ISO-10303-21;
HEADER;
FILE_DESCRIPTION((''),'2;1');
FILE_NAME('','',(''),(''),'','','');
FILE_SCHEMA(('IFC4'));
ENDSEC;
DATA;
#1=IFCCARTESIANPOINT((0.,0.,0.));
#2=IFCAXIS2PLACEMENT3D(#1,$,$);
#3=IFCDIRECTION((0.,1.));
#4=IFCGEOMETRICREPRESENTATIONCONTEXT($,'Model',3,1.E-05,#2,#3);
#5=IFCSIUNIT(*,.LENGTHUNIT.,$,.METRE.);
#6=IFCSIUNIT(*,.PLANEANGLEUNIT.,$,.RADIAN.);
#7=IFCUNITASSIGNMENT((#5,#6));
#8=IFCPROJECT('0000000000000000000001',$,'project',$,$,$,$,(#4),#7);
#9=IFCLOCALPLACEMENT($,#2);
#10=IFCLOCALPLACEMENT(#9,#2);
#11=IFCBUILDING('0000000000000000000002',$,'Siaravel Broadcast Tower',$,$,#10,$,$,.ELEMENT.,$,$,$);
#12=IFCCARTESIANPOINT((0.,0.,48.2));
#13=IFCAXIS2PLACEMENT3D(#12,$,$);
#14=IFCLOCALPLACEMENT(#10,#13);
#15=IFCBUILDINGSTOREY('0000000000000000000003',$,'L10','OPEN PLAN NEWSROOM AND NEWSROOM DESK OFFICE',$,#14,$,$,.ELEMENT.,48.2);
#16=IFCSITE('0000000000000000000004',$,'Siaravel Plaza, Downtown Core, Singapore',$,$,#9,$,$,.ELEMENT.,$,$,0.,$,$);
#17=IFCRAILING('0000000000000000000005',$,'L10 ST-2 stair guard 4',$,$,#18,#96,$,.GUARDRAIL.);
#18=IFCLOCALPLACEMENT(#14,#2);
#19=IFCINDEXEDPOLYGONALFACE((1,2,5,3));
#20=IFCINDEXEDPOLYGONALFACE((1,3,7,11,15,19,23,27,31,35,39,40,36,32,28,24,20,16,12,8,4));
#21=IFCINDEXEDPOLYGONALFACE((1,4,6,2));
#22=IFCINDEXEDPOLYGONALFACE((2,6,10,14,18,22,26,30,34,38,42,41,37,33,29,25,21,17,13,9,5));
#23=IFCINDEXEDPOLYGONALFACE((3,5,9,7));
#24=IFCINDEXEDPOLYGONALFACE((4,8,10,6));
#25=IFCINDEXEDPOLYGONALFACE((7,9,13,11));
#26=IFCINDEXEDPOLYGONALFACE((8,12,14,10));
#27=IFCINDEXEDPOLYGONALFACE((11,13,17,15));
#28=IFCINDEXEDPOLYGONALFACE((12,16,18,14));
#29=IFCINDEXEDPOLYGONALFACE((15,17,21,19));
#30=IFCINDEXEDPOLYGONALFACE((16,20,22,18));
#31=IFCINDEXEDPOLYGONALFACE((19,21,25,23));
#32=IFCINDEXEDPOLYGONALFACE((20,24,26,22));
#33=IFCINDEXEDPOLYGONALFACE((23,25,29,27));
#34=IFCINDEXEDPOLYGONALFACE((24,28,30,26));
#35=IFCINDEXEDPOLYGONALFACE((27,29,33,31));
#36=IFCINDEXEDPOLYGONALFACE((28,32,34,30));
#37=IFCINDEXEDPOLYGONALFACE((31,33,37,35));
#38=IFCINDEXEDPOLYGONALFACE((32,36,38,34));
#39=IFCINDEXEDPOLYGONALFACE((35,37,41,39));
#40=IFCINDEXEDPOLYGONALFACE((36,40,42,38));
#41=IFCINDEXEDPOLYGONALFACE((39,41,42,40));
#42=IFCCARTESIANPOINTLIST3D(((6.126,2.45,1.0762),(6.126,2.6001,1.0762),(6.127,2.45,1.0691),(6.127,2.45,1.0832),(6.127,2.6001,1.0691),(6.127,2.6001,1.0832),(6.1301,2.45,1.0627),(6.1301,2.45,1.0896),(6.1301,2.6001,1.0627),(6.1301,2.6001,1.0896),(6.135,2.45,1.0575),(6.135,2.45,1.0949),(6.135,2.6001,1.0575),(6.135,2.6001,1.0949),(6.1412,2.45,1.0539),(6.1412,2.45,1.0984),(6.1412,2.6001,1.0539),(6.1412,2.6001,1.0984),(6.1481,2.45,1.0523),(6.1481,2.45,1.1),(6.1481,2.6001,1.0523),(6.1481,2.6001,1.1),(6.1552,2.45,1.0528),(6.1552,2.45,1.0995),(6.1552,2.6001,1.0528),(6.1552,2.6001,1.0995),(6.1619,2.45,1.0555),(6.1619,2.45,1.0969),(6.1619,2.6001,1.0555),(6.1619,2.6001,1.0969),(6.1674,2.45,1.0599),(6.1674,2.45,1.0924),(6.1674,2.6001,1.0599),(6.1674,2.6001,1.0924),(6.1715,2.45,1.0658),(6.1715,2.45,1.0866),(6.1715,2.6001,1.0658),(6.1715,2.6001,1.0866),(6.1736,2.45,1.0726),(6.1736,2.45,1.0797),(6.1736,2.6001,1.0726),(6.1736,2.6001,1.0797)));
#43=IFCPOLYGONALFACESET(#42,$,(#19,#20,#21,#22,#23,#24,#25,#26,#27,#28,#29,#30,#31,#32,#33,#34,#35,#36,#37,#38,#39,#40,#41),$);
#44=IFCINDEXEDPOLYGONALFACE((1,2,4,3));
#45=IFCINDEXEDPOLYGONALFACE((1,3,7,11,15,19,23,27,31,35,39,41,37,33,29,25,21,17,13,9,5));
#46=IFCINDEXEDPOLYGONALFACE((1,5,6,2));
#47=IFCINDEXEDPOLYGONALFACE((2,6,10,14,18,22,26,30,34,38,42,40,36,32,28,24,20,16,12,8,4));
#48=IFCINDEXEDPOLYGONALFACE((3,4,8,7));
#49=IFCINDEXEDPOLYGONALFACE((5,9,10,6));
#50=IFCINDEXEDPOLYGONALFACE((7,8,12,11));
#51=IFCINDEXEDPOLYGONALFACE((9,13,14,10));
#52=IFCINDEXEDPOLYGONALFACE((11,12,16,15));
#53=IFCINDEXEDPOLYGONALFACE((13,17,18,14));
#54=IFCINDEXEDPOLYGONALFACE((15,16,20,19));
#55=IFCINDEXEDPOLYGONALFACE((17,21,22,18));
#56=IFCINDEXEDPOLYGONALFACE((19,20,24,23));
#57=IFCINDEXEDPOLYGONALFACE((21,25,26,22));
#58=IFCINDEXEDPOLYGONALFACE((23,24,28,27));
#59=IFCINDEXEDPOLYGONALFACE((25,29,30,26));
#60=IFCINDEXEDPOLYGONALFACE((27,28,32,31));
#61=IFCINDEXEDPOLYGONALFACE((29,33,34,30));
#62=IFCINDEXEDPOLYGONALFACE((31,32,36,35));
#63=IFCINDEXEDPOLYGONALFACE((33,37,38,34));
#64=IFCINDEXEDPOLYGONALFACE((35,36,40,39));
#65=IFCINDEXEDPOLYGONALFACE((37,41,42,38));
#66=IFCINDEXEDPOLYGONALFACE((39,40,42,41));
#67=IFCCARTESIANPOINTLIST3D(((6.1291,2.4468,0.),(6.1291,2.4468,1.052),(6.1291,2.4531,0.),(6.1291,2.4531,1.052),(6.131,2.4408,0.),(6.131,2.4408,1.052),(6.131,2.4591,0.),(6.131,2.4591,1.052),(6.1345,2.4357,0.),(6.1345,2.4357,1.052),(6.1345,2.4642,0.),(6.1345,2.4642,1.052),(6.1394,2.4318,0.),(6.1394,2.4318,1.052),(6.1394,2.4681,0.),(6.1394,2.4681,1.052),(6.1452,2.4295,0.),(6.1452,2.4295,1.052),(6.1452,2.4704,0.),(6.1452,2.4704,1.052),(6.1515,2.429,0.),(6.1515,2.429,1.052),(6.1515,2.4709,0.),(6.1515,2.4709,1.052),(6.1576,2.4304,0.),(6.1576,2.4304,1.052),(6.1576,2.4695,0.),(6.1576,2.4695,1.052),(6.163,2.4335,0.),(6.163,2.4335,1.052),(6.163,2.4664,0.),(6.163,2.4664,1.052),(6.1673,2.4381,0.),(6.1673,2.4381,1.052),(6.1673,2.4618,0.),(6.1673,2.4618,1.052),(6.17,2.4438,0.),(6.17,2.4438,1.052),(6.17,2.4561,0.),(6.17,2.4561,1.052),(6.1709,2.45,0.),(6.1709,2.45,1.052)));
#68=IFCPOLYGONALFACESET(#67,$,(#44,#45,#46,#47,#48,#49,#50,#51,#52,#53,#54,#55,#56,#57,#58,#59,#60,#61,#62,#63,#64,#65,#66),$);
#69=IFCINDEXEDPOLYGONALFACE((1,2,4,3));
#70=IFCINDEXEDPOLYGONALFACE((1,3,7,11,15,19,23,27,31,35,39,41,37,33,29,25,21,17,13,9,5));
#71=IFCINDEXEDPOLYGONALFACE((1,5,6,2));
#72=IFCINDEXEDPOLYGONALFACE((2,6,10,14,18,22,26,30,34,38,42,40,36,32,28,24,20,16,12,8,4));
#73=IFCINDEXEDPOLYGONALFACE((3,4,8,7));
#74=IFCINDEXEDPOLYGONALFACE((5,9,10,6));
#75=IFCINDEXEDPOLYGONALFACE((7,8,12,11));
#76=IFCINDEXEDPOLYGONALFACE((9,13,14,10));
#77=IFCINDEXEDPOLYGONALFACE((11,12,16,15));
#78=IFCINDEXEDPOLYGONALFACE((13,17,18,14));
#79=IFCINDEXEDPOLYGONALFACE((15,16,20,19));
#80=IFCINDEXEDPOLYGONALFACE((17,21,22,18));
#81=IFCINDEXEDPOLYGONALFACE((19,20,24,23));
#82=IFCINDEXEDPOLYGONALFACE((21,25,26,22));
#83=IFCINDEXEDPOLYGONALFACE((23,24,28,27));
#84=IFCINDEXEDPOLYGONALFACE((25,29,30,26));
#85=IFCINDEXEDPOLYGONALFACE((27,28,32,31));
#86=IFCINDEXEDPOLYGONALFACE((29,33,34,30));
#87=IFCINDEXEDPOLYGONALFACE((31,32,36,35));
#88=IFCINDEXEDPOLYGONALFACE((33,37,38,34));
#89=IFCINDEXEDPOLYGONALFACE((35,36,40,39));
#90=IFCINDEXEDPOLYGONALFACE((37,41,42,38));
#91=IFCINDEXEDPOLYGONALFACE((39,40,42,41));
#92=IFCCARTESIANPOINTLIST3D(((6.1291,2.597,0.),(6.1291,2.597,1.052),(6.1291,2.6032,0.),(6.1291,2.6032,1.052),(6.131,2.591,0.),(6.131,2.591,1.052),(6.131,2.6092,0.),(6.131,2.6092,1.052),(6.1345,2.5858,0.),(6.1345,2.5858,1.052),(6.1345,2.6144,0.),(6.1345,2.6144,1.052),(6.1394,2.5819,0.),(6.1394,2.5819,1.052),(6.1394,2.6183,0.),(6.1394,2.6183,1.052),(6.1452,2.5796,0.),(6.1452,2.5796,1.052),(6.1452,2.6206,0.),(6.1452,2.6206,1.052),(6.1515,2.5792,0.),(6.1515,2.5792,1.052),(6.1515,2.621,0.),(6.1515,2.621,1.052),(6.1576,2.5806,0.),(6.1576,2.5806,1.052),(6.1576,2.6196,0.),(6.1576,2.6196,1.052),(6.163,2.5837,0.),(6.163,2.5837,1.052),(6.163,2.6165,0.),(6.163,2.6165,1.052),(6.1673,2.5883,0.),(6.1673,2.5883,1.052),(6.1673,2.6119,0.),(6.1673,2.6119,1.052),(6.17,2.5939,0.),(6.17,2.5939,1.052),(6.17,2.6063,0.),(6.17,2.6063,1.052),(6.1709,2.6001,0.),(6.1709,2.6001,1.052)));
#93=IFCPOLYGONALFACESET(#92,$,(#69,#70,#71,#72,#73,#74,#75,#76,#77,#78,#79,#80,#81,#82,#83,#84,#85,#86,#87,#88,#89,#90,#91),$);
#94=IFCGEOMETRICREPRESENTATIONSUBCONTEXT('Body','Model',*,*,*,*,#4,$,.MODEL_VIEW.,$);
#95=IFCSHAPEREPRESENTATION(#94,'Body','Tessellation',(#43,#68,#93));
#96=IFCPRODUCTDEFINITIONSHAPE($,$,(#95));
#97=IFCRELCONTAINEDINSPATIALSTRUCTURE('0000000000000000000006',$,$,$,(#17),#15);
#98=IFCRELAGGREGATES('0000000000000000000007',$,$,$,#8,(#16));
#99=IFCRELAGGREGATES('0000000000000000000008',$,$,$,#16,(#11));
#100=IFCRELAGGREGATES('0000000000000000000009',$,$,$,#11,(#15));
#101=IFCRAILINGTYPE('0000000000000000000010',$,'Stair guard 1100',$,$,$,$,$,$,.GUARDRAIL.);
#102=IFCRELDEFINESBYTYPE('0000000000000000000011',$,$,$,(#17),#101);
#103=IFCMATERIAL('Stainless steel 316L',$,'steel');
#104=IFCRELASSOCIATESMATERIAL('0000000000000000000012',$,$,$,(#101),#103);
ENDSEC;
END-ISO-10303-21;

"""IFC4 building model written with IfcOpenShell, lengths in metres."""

from ifc_helpers import new_model, si_unit, direction, frame, origin, origin_2d, place, context, subcontext, project, spatial, circle, extrude, material, type_object, element, save


model = new_model("IFC4")

# Units and contexts
model_context = context("Model", 3, precision=1e-05, world=origin(), true_north=direction((0.0, 1.0)))
body_context = subcontext(model_context, "Body", "Model", "MODEL_VIEW")
ifc_project = project(units=[si_unit("LENGTHUNIT", "METRE"), si_unit("PLANEANGLEUNIT", "RADIAN")], contexts=[model_context])

# Site, building, storey
site_placement = place(None, origin())
site = spatial("IfcSite", under=ifc_project, at=site_placement, Name="Siaravel Plaza, Downtown Core, Singapore", CompositionType="ELEMENT", RefElevation=0.0)
building_placement = place(site_placement, origin())
building = spatial("IfcBuilding", under=site, at=building_placement, Name="Siaravel Broadcast Tower", CompositionType="ELEMENT")
storey_placement = place(building_placement, frame((0.0, 0.0, 48.2)))
storey = spatial("IfcBuildingStorey", under=building, at=storey_placement, Name="L10", Description="OPEN PLAN NEWSROOM AND NEWSROOM DESK OFFICE", CompositionType="ELEMENT", Elevation=48.2)

# Railing
ifc_material_1 = material(Name="Stainless steel 316L", Category="steel")
railing_type_1 = type_object("IfcRailingType", Name="Stair guard 1100", PredefinedType="GUARDRAIL", material=ifc_material_1)
railing_1_placement = place(storey_placement, frame((6.1499, 2.45, 0.0)))
element("IfcRailing", 1, at=railing_1_placement, inside=storey, type_object=railing_type_1, Name="L10 ST-2 stair guard 4", PredefinedType="GUARDRAIL", context=body_context, shape_type="SweptSolid", body=[
    extrude(circle(Radius=0.0239, at=origin_2d()), frame((0.0, 0.0, 1.0762), z_axis=(0.0, 1.0, 0.0), x_axis=(-1.0, 0.0, 0.0)), (0.0, 0.0, 1.0), 0.1501),
    extrude(circle(Radius=0.021, at=origin_2d()), origin(), (0.0, 0.0, 1.0), 1.052),
    extrude(circle(Radius=0.021, at=origin_2d()), frame((0.0, 0.1501, 0.0)), (0.0, 0.0, 1.0), 1.052),
])

save(model, "model.ifc")
